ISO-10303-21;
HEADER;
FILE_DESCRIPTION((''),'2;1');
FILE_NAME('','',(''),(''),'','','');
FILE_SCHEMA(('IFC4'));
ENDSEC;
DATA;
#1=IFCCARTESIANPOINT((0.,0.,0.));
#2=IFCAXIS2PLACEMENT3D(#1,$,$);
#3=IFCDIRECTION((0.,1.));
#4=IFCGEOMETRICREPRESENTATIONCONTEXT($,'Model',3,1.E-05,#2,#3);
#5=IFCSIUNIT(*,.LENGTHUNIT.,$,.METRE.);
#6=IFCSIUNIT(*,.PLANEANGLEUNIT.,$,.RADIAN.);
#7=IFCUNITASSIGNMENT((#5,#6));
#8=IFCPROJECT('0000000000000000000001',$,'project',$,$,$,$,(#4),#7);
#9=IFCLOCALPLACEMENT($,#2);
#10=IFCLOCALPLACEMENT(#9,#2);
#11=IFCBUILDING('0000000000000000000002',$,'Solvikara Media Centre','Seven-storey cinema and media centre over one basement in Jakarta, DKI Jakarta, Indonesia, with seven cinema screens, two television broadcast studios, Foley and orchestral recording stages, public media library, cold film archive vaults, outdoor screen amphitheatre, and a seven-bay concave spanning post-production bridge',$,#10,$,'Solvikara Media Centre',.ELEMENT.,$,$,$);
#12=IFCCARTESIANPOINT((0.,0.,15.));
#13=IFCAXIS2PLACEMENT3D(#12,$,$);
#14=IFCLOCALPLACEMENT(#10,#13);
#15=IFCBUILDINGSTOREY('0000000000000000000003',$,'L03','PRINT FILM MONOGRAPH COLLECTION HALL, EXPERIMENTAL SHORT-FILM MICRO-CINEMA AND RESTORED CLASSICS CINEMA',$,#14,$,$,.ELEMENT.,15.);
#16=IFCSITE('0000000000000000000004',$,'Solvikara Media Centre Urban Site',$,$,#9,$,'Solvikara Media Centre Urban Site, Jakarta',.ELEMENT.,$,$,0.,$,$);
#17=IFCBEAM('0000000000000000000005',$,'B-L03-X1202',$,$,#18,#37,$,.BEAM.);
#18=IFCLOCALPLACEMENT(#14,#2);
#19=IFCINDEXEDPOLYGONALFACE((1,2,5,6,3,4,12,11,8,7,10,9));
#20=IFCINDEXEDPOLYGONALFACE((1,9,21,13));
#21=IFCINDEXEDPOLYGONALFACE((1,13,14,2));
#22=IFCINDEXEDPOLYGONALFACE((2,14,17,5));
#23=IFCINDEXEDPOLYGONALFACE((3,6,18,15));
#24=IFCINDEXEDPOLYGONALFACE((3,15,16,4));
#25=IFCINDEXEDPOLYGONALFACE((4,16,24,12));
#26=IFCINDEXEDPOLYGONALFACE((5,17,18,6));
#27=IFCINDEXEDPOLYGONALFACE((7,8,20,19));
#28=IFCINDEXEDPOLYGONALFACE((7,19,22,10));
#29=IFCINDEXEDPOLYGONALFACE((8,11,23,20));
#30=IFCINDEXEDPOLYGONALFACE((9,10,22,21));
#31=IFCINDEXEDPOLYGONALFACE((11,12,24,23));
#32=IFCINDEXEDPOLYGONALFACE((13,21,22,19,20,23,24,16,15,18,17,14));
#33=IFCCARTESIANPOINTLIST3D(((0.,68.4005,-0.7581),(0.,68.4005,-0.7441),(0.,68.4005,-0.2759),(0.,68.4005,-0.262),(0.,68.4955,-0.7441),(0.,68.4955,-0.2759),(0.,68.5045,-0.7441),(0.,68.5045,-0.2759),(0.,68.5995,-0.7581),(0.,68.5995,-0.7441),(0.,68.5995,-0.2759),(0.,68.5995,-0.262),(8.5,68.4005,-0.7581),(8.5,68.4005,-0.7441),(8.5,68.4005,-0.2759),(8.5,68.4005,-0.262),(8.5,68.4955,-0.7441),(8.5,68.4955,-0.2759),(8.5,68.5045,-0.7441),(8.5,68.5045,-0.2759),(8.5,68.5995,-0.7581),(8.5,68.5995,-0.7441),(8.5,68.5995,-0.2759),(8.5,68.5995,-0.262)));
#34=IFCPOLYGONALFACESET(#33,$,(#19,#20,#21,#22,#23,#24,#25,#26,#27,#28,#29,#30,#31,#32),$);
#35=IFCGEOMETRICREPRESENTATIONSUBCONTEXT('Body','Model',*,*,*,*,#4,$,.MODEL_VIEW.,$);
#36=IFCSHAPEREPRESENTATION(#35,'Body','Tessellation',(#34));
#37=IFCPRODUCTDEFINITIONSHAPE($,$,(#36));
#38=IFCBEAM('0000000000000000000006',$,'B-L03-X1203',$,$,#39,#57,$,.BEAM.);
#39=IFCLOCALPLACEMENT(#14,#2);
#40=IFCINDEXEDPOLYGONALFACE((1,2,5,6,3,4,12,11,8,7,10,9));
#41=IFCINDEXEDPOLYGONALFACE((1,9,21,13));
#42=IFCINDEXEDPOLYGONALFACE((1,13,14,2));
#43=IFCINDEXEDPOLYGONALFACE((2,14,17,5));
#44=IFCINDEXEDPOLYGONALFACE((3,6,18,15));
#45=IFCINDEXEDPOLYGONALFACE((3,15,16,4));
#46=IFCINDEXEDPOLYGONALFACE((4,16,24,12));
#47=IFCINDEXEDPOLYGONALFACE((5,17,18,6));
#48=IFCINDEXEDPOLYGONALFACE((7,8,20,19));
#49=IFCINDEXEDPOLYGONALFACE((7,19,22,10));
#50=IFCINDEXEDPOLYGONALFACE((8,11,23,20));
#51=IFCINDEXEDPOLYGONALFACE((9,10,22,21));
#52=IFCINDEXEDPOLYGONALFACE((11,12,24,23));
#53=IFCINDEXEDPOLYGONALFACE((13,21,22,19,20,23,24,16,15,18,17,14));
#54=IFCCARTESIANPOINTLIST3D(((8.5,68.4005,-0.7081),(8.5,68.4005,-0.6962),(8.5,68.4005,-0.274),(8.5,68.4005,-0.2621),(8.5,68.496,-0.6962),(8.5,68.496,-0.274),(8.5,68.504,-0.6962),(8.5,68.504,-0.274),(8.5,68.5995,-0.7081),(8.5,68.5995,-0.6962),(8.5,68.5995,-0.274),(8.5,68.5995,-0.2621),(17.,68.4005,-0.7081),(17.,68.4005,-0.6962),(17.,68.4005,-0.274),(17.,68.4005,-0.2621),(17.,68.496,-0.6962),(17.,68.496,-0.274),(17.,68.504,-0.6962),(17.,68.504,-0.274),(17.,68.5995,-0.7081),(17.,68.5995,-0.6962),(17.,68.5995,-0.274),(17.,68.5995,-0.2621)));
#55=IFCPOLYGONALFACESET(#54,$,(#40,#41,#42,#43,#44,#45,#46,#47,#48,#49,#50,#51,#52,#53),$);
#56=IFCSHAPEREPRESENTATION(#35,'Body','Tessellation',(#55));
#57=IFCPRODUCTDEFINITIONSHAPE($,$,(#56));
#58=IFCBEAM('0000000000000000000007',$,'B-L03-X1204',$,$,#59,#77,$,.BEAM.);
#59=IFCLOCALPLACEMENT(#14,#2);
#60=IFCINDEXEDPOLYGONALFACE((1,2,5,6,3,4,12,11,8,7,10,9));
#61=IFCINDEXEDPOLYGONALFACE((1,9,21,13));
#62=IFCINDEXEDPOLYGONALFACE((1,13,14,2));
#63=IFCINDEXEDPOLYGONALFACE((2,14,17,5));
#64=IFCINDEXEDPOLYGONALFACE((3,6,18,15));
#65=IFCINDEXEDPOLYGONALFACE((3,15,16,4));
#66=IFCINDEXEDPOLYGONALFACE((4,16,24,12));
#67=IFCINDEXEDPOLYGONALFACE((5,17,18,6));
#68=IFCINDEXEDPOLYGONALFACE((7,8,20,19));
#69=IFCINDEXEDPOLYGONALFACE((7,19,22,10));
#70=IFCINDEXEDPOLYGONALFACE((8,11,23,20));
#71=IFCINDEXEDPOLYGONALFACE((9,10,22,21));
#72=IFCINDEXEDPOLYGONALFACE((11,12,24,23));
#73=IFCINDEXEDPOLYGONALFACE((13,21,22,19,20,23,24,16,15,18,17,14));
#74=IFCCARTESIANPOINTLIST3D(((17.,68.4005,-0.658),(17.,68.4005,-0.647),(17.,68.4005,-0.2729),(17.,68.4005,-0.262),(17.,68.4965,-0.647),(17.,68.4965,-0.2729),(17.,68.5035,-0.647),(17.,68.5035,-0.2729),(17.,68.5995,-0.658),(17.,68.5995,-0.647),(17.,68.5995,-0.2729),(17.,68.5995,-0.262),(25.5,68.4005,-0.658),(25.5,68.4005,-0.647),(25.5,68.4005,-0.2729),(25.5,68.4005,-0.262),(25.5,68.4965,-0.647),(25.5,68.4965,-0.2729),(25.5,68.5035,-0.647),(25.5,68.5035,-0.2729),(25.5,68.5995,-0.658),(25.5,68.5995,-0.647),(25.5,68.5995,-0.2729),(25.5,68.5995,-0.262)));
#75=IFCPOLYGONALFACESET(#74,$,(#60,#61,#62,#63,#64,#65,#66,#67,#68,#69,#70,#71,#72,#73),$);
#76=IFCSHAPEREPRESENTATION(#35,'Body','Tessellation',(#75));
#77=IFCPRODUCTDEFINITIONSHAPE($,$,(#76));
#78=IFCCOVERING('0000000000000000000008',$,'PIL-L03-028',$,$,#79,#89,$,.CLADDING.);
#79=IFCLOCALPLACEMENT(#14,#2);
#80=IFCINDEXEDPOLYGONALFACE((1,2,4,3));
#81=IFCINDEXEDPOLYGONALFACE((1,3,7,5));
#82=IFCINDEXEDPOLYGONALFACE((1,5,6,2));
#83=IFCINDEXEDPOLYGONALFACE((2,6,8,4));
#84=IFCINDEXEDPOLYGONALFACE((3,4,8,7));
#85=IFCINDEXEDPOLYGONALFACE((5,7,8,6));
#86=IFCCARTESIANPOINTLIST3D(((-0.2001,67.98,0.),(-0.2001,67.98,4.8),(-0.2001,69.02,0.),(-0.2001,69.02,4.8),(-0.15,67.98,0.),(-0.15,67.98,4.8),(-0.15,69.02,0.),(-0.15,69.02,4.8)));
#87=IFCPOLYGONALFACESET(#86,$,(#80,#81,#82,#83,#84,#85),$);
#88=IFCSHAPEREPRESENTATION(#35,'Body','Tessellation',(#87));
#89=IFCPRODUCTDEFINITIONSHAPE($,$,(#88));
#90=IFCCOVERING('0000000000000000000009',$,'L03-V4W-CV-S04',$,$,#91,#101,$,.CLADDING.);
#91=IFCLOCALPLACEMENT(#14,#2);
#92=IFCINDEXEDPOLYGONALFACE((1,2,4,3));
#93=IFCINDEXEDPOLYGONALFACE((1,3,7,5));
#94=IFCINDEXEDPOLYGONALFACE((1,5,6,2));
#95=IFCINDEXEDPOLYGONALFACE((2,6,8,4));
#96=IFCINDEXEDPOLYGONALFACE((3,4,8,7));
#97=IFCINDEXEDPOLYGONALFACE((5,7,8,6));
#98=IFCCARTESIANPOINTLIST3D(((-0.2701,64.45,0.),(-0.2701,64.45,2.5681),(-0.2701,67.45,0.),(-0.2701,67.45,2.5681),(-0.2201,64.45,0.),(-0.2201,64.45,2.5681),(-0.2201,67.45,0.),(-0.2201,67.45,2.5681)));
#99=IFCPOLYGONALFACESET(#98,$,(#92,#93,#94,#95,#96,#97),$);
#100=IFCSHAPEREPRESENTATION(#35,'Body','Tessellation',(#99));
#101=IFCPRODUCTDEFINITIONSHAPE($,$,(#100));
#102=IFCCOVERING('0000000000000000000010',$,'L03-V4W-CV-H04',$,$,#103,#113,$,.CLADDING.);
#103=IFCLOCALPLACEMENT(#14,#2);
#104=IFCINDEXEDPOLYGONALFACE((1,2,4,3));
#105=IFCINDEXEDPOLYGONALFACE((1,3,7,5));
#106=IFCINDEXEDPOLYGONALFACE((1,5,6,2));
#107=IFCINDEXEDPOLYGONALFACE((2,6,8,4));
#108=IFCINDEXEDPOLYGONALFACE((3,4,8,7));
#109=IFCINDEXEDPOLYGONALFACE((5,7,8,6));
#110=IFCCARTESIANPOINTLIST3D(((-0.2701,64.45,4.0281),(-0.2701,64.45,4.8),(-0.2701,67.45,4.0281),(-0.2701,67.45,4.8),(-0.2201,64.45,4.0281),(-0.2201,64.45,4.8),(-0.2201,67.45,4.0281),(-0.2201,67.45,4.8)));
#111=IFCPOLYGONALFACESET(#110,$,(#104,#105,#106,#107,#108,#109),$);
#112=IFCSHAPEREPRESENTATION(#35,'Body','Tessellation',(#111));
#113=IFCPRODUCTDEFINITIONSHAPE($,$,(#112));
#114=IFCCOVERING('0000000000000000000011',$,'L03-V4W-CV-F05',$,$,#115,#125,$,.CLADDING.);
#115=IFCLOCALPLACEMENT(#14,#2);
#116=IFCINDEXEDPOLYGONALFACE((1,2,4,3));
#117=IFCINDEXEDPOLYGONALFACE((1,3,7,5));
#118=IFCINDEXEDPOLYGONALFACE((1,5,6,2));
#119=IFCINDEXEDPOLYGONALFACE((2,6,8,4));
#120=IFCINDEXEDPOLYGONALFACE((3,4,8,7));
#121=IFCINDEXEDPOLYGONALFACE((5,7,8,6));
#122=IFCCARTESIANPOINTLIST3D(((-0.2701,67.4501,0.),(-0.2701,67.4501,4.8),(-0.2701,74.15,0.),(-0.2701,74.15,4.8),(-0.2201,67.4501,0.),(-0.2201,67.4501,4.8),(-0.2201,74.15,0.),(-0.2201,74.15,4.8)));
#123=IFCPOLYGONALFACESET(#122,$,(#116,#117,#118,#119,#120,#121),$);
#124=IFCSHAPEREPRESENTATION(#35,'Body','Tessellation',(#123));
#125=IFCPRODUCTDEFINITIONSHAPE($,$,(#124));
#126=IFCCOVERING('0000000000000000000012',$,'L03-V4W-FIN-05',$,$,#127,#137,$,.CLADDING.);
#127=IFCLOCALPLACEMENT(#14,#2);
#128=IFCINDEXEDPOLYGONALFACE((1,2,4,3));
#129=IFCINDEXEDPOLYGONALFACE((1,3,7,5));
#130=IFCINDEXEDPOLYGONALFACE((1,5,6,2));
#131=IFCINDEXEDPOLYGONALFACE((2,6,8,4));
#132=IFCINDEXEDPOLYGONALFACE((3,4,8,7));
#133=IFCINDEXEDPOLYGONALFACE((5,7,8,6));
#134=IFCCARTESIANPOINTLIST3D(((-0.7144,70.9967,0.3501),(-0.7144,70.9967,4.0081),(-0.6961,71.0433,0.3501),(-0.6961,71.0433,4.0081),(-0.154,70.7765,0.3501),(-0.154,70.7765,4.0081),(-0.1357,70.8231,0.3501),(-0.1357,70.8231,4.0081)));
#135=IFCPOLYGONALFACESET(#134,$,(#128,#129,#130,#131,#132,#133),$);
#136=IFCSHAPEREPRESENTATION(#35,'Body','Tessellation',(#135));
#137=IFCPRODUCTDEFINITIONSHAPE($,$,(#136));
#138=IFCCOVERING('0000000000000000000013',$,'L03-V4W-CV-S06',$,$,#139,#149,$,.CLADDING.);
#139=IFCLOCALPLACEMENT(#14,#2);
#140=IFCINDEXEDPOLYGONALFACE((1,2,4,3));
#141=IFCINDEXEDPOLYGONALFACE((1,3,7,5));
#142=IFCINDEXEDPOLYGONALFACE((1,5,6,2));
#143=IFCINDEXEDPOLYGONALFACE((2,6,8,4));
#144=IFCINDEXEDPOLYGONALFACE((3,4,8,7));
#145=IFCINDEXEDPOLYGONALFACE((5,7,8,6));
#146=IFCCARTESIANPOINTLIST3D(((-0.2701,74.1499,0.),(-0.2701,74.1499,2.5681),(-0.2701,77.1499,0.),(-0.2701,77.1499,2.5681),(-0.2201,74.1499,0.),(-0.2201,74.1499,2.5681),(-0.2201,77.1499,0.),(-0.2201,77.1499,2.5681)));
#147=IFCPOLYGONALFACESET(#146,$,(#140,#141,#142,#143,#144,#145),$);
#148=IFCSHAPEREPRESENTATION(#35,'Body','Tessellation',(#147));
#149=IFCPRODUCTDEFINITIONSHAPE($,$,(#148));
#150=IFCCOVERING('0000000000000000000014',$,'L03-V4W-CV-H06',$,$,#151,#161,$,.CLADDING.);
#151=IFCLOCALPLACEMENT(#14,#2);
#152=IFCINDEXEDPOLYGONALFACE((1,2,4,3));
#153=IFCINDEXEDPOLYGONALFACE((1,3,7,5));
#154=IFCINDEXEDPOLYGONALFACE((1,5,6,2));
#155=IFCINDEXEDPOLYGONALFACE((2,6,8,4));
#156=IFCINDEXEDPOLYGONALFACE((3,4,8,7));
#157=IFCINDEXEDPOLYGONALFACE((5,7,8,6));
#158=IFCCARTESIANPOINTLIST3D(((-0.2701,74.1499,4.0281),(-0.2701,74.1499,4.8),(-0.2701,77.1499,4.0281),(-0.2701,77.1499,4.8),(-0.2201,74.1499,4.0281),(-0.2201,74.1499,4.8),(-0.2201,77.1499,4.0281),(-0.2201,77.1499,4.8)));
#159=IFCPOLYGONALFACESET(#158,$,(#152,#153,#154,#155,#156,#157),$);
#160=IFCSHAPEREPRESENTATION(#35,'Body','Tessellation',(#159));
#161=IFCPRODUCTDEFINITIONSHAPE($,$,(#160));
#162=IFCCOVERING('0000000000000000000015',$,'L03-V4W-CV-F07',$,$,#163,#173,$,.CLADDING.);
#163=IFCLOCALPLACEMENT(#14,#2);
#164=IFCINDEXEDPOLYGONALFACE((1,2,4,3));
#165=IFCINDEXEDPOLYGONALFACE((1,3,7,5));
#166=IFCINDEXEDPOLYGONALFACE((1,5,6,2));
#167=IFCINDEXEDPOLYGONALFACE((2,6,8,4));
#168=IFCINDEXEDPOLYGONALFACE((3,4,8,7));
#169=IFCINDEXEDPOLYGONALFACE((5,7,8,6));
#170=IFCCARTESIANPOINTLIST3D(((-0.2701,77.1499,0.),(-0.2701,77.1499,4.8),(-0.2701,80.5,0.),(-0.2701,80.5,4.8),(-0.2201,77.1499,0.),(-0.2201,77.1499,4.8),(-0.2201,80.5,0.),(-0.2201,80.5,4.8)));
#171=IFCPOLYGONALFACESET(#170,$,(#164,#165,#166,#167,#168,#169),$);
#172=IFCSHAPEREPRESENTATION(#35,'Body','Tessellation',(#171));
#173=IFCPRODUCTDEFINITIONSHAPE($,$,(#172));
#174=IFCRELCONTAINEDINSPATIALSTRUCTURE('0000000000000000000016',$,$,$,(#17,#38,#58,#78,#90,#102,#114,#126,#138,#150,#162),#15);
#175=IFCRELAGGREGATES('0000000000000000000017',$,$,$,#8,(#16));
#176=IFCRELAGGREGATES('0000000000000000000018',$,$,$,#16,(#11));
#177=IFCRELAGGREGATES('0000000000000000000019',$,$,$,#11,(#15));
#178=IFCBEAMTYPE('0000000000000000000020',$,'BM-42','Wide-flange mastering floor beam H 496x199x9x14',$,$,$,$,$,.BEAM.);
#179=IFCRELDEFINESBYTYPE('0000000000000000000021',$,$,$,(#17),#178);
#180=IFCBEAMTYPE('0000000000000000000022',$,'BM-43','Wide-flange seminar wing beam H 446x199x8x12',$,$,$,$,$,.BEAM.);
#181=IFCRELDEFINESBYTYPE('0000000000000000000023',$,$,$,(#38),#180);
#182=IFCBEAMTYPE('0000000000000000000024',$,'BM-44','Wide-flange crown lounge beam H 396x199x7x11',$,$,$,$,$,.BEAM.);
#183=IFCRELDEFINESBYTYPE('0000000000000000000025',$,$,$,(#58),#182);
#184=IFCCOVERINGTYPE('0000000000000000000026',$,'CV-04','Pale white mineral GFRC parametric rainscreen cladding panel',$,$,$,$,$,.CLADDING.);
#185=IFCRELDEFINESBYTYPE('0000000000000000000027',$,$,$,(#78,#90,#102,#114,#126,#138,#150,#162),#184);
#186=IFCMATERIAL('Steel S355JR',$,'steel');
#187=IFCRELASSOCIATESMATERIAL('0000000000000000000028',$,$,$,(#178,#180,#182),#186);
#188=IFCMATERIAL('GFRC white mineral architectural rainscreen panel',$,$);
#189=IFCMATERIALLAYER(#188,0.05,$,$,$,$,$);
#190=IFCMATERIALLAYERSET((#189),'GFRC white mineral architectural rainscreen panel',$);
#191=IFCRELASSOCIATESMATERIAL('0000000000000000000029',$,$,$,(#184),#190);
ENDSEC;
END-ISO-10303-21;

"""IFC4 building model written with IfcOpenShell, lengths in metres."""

from ifc_helpers import new_model, si_unit, direction, frame, origin, origin_2d, place, context, subcontext, project, spatial, rectangle, i_section, extrude, material, layer, layer_set, material_profile, profile_set, type_object, element, save


model = new_model("IFC4")

# Units and contexts
model_context = context("Model", 3, precision=1e-05, world=origin(), true_north=direction((0.0, 1.0)))
body_context = subcontext(model_context, "Body", "Model", "MODEL_VIEW")
ifc_project = project(units=[si_unit("LENGTHUNIT", "METRE"), si_unit("PLANEANGLEUNIT", "RADIAN")], contexts=[model_context])

# Site, building, storey
site_placement = place(None, origin())
site = spatial("IfcSite", under=ifc_project, at=site_placement, Name="Solvikara Media Centre Urban Site", LongName="Solvikara Media Centre Urban Site, Jakarta", CompositionType="ELEMENT", RefElevation=0.0)
building_placement = place(site_placement, origin())
building = spatial("IfcBuilding", under=site, at=building_placement, Name="Solvikara Media Centre", Description="Seven-storey cinema and media centre over one basement in Jakarta, DKI Jakarta, Indonesia, with seven cinema screens, two television broadcast studios, Foley and orchestral recording stages, public media library, cold film archive vaults, outdoor screen amphitheatre, and a seven-bay concave spanning post-production bridge", LongName="Solvikara Media Centre", CompositionType="ELEMENT")
storey_placement = place(building_placement, frame((0.0, 0.0, 15.0)))
storey = spatial("IfcBuildingStorey", under=building, at=storey_placement, Name="L03", Description="PRINT FILM MONOGRAPH COLLECTION HALL, EXPERIMENTAL SHORT-FILM MICRO-CINEMA AND RESTORED CLASSICS CINEMA", CompositionType="ELEMENT", Elevation=15.0)

# Shared definitions
ifc_material_1 = material(Name="Steel S355JR", Category="steel")

# Beams
ifc_material_profile_1 = material_profile(ifc_material_1, i_section(OverallWidth=0.199, OverallDepth=0.4961, WebThickness=0.009, FlangeThickness=0.0139, at=origin_2d()), Name="H 496x199x9x14")
ifc_profile_set_1 = profile_set([ifc_material_profile_1], Name="Steel S355JR")
beam_type_1 = type_object("IfcBeamType", Name="BM-42", Description="Wide-flange mastering floor beam H 496x199x9x14", PredefinedType="BEAM", material=ifc_profile_set_1)
beam_1_placement = place(storey_placement, frame((0.0, 68.5, -0.51), z_axis=(1.0, 0.0, 0.0), x_axis=(0.0, 1.0, 0.0)))
element("IfcBeam", 1, at=beam_1_placement, inside=storey, type_object=beam_type_1, Name="B-L03-X1202", PredefinedType="BEAM", context=body_context, shape_type="SweptSolid", body=[
    extrude(i_section(OverallWidth=0.199, OverallDepth=0.4961, WebThickness=0.009, FlangeThickness=0.0139, at=origin_2d()), origin(), (0.0, 0.0, 1.0), 8.5),
])
ifc_material_profile_2 = material_profile(ifc_material_1, i_section(OverallWidth=0.199, OverallDepth=0.446, WebThickness=0.0081, FlangeThickness=0.012, at=origin_2d()), Name="H 446x199x8x12")
ifc_profile_set_2 = profile_set([ifc_material_profile_2], Name="Steel S355JR")
beam_type_2 = type_object("IfcBeamType", Name="BM-43", Description="Wide-flange seminar wing beam H 446x199x8x12", PredefinedType="BEAM", material=ifc_profile_set_2)
beam_2_placement = place(storey_placement, frame((8.5, 68.5, -0.4851), z_axis=(1.0, 0.0, 0.0), x_axis=(0.0, 1.0, 0.0)))
element("IfcBeam", 2, at=beam_2_placement, inside=storey, type_object=beam_type_2, Name="B-L03-X1203", PredefinedType="BEAM", context=body_context, shape_type="SweptSolid", body=[
    extrude(i_section(OverallWidth=0.199, OverallDepth=0.446, WebThickness=0.0081, FlangeThickness=0.012, at=origin_2d()), origin(), (0.0, 0.0, 1.0), 8.5),
])
ifc_material_profile_3 = material_profile(ifc_material_1, i_section(OverallWidth=0.199, OverallDepth=0.396, WebThickness=0.0071, FlangeThickness=0.011, at=origin_2d()), Name="H 396x199x7x11")
ifc_profile_set_3 = profile_set([ifc_material_profile_3], Name="Steel S355JR")
beam_type_3 = type_object("IfcBeamType", Name="BM-44", Description="Wide-flange crown lounge beam H 396x199x7x11", PredefinedType="BEAM", material=ifc_profile_set_3)
beam_3_placement = place(storey_placement, frame((17.0, 68.5, -0.46), z_axis=(1.0, 0.0, 0.0), x_axis=(0.0, 1.0, 0.0)))
element("IfcBeam", 3, at=beam_3_placement, inside=storey, type_object=beam_type_3, Name="B-L03-X1204", PredefinedType="BEAM", context=body_context, shape_type="SweptSolid", body=[
    extrude(i_section(OverallWidth=0.199, OverallDepth=0.396, WebThickness=0.0071, FlangeThickness=0.011, at=origin_2d()), origin(), (0.0, 0.0, 1.0), 8.5),
])

# Coverings
ifc_material_2 = material(Name="GFRC white mineral architectural rainscreen panel")
ifc_layer = layer(ifc_material_2, 0.05)
ifc_layer_set = layer_set([ifc_layer], Name="GFRC white mineral architectural rainscreen panel")
covering_type = type_object("IfcCoveringType", Name="CV-04", Description="Pale white mineral GFRC parametric rainscreen cladding panel", PredefinedType="CLADDING", material=ifc_layer_set)
covering_1_placement = place(storey_placement, frame((-0.175, 68.5, 0.0), z_axis=(0.0, 0.0, 1.0), x_axis=(0.0, -1.0, 0.0)))
element("IfcCovering", 4, at=covering_1_placement, inside=storey, type_object=covering_type, Name="PIL-L03-028", PredefinedType="CLADDING", context=body_context, shape_type="SweptSolid", body=[
    extrude(rectangle(XDim=1.04, YDim=0.05, at=origin_2d()), origin(), (0.0, 0.0, 1.0), 4.8),
])
covering_2_placement = place(storey_placement, frame((-0.2451, 65.95, 0.0), z_axis=(0.0, 0.0, 1.0), x_axis=(0.0, 1.0, 0.0)))
element("IfcCovering", 5, at=covering_2_placement, inside=storey, type_object=covering_type, Name="L03-V4W-CV-S04", PredefinedType="CLADDING", context=body_context, shape_type="SweptSolid", body=[
    extrude(rectangle(XDim=3.0, YDim=0.05, at=origin_2d()), origin(), (0.0, 0.0, 1.0), 2.5681),
])
covering_3_placement = place(storey_placement, frame((-0.2451, 65.95, 4.0281), z_axis=(0.0, 0.0, 1.0), x_axis=(0.0, 1.0, 0.0)))
element("IfcCovering", 6, at=covering_3_placement, inside=storey, type_object=covering_type, Name="L03-V4W-CV-H04", PredefinedType="CLADDING", context=body_context, shape_type="SweptSolid", body=[
    extrude(rectangle(XDim=3.0, YDim=0.05, at=origin_2d()), origin(), (0.0, 0.0, 1.0), 0.772),
])
covering_4_placement = place(storey_placement, frame((-0.2451, 70.8, 0.0), z_axis=(0.0, 0.0, 1.0), x_axis=(0.0, 1.0, 0.0)))
element("IfcCovering", 7, at=covering_4_placement, inside=storey, type_object=covering_type, Name="L03-V4W-CV-F05", PredefinedType="CLADDING", context=body_context, shape_type="SweptSolid", body=[
    extrude(rectangle(XDim=6.7, YDim=0.05, at=origin_2d()), origin(), (0.0, 0.0, 1.0), 4.8),
])
covering_5_placement = place(storey_placement, frame((-0.425, 70.9099, 0.3501), z_axis=(0.0, 0.0, 1.0), x_axis=(-0.93075, 0.365657, 0.0)))
element("IfcCovering", 8, at=covering_5_placement, inside=storey, type_object=covering_type, Name="L03-V4W-FIN-05", PredefinedType="CLADDING", context=body_context, shape_type="SweptSolid", body=[
    extrude(rectangle(XDim=0.6021, YDim=0.05, at=origin_2d()), origin(), (0.0, 0.0, 1.0), 3.658),
])
covering_6_placement = place(storey_placement, frame((-0.2451, 75.6499, 0.0), z_axis=(0.0, 0.0, 1.0), x_axis=(0.0, 1.0, 0.0)))
element("IfcCovering", 9, at=covering_6_placement, inside=storey, type_object=covering_type, Name="L03-V4W-CV-S06", PredefinedType="CLADDING", context=body_context, shape_type="SweptSolid", body=[
    extrude(rectangle(XDim=3.0, YDim=0.05, at=origin_2d()), origin(), (0.0, 0.0, 1.0), 2.5681),
])
covering_7_placement = place(storey_placement, frame((-0.2451, 75.6499, 4.0281), z_axis=(0.0, 0.0, 1.0), x_axis=(0.0, 1.0, 0.0)))
element("IfcCovering", 10, at=covering_7_placement, inside=storey, type_object=covering_type, Name="L03-V4W-CV-H06", PredefinedType="CLADDING", context=body_context, shape_type="SweptSolid", body=[
    extrude(rectangle(XDim=3.0, YDim=0.05, at=origin_2d()), origin(), (0.0, 0.0, 1.0), 0.772),
])
covering_8_placement = place(storey_placement, frame((-0.2451, 78.825, 0.0), z_axis=(0.0, 0.0, 1.0), x_axis=(0.0, 1.0, 0.0)))
element("IfcCovering", 11, at=covering_8_placement, inside=storey, type_object=covering_type, Name="L03-V4W-CV-F07", PredefinedType="CLADDING", context=body_context, shape_type="SweptSolid", body=[
    extrude(rectangle(XDim=3.3501, YDim=0.05, at=origin_2d()), origin(), (0.0, 0.0, 1.0), 4.8),
])

save(model, "model.ifc")
